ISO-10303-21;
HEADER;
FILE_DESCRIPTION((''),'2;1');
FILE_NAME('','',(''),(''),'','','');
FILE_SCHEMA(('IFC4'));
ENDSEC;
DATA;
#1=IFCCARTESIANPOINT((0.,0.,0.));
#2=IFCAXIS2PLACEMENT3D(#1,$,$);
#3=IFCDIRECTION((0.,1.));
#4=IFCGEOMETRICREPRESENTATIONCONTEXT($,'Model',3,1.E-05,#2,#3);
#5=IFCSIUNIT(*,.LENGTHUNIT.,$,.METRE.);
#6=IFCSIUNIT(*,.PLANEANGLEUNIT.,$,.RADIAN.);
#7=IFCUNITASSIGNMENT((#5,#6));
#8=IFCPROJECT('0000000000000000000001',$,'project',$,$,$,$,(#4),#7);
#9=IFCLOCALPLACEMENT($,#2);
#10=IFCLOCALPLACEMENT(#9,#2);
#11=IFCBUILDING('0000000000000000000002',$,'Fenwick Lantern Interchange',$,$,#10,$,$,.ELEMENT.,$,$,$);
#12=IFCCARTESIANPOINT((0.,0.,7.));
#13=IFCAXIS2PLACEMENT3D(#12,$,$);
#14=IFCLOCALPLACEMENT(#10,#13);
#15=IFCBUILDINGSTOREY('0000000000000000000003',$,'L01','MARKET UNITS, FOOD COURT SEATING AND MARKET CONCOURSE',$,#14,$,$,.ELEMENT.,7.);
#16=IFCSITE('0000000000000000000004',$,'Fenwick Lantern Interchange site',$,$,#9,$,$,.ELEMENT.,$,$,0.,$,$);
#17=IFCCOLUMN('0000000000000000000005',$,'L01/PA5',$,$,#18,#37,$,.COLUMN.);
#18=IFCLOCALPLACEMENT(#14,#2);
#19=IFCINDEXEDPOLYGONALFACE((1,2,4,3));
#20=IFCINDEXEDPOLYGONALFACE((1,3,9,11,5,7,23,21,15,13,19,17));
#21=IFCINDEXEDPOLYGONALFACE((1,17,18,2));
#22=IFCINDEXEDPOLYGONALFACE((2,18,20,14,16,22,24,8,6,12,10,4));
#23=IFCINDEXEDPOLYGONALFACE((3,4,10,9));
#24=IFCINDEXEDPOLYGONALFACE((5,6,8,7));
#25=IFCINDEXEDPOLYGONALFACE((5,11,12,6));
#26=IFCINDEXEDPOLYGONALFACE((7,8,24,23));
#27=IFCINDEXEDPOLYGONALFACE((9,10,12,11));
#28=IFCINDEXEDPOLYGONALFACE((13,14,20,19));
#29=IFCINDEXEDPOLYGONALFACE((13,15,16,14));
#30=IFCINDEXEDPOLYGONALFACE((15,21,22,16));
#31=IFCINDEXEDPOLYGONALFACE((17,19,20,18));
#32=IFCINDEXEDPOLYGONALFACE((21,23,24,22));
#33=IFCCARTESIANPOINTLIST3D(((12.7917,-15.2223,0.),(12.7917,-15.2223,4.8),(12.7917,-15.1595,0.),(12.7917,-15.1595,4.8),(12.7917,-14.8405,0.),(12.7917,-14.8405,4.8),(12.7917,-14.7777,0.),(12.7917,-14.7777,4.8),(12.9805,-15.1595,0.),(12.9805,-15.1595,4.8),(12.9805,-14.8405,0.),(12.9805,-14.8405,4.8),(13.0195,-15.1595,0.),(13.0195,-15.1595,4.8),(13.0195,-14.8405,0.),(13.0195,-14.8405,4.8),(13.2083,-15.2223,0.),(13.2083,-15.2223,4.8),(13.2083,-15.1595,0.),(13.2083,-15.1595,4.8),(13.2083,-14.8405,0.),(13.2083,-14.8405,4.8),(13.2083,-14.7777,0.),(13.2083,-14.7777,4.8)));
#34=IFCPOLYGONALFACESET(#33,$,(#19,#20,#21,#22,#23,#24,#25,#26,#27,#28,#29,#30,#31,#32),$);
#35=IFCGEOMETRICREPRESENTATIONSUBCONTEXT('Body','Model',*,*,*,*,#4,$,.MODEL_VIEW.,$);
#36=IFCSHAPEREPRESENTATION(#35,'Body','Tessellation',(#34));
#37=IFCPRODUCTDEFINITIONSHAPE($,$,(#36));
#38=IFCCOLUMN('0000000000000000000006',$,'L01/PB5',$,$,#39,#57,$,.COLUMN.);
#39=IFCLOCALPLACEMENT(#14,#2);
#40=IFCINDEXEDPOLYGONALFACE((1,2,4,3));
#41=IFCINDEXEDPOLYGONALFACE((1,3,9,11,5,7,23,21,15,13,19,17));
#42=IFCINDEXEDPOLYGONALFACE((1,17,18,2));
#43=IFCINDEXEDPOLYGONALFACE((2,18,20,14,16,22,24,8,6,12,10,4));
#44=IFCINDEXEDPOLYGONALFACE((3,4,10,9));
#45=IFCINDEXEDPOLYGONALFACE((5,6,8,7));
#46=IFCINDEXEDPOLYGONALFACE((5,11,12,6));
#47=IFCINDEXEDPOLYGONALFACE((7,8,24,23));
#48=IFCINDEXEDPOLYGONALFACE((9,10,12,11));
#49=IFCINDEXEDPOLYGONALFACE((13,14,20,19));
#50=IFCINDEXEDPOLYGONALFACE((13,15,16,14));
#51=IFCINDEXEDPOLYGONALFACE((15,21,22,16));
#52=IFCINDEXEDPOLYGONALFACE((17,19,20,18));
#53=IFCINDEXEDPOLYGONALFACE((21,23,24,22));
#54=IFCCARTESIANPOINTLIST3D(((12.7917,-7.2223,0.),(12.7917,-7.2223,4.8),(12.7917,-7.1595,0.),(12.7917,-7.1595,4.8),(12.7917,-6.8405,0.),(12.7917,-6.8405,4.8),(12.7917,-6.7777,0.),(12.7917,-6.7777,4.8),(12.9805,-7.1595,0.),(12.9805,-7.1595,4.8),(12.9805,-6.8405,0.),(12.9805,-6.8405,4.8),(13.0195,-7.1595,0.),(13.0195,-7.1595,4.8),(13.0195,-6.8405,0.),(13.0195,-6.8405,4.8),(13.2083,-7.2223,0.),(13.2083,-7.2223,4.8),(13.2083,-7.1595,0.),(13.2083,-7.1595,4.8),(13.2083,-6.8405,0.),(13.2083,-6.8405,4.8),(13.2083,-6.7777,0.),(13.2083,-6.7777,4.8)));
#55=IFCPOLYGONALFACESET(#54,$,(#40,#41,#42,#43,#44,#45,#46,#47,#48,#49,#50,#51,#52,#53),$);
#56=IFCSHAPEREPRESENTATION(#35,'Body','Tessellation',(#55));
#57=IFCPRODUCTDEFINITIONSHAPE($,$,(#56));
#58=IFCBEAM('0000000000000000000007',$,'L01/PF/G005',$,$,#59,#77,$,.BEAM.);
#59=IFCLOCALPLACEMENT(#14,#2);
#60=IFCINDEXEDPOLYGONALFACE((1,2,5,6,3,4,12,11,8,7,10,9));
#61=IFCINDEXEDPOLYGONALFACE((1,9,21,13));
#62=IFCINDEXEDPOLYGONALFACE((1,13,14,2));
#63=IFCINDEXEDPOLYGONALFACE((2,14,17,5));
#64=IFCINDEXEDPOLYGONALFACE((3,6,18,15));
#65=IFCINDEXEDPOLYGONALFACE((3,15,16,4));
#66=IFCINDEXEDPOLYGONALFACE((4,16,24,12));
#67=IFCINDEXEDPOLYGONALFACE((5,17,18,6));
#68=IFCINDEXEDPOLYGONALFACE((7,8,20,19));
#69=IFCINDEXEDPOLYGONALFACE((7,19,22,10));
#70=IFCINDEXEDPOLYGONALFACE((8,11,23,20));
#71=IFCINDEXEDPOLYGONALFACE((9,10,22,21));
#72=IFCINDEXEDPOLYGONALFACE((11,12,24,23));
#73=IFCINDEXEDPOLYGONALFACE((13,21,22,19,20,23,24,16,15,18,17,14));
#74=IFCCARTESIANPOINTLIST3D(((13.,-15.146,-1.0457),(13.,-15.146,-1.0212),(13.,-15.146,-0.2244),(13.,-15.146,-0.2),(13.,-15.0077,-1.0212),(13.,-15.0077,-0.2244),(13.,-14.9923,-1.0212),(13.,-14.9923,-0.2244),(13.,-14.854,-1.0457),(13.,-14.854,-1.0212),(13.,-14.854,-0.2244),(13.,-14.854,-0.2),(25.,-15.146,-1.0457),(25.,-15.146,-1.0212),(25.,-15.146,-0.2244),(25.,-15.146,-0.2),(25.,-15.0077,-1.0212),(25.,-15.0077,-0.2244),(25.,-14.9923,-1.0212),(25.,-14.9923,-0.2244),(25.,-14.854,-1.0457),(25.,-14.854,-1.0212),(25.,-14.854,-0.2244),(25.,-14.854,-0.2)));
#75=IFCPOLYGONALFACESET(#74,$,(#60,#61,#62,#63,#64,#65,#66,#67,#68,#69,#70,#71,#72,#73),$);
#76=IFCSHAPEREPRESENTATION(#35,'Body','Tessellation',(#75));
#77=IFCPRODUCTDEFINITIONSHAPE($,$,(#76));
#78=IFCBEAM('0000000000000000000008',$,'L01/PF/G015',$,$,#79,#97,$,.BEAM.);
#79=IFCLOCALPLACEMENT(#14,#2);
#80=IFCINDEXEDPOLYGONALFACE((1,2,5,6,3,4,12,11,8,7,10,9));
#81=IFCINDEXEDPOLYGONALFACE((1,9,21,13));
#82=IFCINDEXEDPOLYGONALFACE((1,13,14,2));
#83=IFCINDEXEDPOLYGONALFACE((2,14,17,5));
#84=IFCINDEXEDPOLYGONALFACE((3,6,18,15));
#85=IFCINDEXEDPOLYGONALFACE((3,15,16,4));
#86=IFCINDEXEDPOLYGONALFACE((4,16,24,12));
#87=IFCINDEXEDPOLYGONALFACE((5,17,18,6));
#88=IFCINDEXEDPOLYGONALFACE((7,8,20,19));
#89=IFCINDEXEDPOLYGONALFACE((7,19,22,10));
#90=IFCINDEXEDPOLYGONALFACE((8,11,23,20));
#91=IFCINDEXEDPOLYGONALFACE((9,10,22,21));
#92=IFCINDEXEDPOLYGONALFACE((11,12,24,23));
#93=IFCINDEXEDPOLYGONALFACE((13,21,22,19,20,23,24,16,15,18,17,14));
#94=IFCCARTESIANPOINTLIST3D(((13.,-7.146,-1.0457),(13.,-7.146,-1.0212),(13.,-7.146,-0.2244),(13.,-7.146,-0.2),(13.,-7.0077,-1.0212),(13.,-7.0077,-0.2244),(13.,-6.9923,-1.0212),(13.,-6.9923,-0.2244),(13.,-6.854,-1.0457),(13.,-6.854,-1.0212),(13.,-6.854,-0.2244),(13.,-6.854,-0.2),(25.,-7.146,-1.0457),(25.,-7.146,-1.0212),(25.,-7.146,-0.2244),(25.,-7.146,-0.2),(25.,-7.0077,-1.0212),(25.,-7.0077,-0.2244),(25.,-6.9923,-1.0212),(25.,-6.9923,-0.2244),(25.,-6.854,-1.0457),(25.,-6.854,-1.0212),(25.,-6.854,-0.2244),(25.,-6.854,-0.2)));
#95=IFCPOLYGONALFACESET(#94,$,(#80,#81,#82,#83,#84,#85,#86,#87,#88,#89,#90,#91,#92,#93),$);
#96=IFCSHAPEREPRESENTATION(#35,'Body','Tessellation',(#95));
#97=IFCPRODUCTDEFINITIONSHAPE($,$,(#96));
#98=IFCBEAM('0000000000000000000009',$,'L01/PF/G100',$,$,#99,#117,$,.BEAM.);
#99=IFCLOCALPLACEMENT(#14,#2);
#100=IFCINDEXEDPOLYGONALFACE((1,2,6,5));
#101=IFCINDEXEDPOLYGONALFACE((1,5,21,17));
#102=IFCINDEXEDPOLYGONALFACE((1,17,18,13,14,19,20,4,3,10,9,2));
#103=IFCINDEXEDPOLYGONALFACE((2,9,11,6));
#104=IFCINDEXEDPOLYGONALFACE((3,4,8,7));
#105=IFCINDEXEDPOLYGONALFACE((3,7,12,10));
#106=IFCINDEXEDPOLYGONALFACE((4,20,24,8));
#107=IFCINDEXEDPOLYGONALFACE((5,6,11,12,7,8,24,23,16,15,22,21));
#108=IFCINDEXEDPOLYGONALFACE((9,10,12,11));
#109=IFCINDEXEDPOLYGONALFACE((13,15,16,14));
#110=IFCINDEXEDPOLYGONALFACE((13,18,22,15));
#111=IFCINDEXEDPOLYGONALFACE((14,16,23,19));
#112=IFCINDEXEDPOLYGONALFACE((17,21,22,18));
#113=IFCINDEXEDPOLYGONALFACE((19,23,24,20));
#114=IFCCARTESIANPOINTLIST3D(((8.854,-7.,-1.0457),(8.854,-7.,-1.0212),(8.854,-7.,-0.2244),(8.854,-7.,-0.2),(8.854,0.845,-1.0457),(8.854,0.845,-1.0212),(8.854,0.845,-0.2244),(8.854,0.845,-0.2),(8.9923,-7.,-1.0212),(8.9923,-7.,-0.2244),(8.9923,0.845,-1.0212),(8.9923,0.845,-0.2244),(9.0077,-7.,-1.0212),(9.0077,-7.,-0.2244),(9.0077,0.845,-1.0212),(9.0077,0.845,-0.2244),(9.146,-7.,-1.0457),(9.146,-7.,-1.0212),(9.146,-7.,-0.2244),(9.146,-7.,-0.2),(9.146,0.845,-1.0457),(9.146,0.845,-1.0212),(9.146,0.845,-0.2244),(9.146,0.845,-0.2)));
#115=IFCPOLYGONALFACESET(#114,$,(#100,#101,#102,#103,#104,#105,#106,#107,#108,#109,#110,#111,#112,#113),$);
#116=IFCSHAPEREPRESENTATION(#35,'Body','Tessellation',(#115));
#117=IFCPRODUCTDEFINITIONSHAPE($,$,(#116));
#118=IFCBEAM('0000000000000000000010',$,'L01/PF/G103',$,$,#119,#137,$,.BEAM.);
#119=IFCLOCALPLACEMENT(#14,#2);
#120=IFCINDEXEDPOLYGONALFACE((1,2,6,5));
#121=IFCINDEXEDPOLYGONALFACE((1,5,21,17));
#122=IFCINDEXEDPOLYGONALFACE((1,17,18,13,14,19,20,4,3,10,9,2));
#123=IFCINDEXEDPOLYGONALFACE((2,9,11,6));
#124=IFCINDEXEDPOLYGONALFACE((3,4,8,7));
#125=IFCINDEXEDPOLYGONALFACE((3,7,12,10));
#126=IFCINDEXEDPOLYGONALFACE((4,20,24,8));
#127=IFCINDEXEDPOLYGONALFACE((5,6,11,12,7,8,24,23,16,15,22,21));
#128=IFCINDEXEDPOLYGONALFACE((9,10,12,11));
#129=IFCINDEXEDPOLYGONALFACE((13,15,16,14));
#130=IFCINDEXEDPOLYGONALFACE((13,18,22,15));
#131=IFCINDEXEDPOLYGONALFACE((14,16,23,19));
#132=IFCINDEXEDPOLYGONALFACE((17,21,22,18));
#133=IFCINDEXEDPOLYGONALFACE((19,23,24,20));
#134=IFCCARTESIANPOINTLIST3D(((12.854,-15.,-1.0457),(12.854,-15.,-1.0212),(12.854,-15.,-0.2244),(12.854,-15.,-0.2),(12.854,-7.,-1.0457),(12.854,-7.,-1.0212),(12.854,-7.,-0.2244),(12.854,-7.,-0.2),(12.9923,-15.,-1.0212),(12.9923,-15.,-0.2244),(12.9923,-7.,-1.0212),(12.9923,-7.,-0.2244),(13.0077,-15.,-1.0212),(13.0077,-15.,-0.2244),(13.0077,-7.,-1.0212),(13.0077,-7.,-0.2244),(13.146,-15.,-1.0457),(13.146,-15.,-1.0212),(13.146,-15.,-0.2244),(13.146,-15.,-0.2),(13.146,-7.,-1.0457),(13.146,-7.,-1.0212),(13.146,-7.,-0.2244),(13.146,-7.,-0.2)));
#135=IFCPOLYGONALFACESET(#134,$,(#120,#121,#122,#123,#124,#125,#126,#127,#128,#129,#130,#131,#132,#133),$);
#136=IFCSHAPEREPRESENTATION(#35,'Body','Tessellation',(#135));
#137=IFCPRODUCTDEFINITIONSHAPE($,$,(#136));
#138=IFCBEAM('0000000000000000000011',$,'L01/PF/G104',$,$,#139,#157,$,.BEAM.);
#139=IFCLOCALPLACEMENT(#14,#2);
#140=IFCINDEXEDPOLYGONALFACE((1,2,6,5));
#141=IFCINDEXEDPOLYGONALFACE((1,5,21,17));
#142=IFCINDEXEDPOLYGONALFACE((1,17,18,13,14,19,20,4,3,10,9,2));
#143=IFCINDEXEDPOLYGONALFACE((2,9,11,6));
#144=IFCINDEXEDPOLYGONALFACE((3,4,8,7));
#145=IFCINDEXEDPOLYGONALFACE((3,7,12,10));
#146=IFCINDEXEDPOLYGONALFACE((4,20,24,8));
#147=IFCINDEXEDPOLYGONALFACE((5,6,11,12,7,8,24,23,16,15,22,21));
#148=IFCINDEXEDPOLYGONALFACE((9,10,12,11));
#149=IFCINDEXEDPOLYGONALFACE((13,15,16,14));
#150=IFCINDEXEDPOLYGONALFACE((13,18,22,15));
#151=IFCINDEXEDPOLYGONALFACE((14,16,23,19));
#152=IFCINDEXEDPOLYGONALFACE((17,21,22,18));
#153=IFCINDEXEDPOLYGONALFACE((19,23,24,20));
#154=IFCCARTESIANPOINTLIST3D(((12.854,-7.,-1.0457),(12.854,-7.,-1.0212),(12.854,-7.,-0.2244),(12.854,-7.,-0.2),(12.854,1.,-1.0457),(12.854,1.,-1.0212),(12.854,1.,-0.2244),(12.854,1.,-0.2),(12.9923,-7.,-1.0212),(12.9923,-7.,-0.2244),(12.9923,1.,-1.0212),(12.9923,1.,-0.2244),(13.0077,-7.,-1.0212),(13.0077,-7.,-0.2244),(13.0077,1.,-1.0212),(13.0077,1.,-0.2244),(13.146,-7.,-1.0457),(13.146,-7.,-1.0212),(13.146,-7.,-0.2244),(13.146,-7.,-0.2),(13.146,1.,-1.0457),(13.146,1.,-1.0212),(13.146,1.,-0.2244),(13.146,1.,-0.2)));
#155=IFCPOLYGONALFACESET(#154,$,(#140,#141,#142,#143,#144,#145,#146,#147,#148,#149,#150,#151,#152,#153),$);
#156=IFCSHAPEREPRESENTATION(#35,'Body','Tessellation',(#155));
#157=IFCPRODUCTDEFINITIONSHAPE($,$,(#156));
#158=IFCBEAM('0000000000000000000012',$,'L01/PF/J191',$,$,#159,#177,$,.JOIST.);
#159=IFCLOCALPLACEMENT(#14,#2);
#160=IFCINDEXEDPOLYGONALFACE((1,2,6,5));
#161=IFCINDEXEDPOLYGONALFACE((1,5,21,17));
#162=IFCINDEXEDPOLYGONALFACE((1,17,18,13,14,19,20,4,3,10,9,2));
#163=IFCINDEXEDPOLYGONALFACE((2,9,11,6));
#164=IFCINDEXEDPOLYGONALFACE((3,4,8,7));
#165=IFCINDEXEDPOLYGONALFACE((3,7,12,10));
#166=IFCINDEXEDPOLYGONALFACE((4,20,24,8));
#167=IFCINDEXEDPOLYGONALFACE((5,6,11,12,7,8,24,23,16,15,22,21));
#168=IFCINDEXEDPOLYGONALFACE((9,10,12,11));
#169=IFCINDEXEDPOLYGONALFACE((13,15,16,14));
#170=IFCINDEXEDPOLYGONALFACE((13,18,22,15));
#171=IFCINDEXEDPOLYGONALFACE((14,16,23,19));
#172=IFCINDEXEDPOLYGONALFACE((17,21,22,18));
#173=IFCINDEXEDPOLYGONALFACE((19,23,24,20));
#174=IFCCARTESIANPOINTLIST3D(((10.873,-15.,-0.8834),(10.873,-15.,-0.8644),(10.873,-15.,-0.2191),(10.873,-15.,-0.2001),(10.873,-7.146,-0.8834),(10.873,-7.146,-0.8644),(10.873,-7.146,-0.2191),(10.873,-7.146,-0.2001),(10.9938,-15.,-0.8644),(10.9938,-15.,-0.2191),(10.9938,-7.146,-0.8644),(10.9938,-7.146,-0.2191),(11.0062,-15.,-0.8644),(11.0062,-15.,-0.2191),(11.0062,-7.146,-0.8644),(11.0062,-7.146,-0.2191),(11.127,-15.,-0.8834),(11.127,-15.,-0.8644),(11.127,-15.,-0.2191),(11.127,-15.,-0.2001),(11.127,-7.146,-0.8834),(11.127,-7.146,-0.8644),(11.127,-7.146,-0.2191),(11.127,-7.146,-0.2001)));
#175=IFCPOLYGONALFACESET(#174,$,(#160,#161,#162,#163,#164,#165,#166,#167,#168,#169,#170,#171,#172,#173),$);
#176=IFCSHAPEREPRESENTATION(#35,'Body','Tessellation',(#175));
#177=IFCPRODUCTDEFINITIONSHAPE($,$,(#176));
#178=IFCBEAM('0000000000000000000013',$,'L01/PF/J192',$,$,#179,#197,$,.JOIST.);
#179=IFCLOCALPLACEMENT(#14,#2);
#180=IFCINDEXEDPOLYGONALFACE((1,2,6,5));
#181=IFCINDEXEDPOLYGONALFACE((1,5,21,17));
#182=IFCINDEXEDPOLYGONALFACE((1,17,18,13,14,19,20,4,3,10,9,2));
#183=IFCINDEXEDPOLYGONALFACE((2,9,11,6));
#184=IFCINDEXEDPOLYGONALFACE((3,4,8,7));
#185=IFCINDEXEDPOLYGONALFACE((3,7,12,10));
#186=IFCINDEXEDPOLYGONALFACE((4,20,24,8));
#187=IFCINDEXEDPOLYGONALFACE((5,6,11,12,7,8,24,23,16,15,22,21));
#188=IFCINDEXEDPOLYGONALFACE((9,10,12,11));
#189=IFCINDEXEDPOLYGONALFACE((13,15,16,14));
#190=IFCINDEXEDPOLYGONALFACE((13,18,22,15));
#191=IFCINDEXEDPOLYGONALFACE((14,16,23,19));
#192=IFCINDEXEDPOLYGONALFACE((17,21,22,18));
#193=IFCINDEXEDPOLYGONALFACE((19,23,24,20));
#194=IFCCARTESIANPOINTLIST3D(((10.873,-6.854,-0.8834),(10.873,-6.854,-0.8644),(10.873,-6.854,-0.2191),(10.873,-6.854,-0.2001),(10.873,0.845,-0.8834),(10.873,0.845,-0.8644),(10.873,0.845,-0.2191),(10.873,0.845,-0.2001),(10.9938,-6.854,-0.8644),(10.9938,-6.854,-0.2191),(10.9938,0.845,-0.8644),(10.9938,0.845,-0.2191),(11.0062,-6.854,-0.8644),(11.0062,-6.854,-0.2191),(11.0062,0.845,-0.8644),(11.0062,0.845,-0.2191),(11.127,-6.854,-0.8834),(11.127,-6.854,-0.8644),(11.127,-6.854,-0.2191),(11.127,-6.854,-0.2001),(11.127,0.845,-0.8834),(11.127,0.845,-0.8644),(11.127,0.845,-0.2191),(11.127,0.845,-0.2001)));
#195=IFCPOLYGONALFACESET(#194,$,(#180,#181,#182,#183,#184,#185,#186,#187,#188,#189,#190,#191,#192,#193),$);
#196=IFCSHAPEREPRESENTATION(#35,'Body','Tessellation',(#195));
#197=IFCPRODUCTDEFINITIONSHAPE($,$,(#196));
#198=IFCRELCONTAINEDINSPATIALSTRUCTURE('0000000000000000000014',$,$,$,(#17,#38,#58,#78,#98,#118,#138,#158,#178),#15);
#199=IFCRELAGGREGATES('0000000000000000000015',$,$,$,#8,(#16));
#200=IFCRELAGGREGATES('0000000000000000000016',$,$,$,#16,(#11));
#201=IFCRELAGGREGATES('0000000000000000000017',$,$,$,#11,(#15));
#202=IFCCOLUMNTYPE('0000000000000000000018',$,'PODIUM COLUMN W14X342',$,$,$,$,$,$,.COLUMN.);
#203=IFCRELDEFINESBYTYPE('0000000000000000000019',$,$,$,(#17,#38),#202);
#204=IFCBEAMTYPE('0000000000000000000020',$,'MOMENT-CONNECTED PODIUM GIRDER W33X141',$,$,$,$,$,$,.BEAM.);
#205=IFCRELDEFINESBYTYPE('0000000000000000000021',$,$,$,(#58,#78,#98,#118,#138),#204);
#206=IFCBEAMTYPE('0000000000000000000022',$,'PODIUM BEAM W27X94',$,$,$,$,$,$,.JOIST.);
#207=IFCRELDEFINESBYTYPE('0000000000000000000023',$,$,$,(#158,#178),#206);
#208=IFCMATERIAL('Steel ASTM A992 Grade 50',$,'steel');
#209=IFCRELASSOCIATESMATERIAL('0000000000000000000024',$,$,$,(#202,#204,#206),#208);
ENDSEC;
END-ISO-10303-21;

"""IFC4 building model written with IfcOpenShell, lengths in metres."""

from ifc_helpers import new_model, si_unit, direction, frame, origin, origin_2d, place, context, subcontext, project, spatial, i_section, extrude, material, material_profile, profile_set, type_object, element, save


model = new_model("IFC4")

# Units and contexts
model_context = context("Model", 3, precision=1e-05, world=origin(), true_north=direction((0.0, 1.0)))
body_context = subcontext(model_context, "Body", "Model", "MODEL_VIEW")
ifc_project = project(units=[si_unit("LENGTHUNIT", "METRE"), si_unit("PLANEANGLEUNIT", "RADIAN")], contexts=[model_context])

# Site, building, storey
site_placement = place(None, origin())
site = spatial("IfcSite", under=ifc_project, at=site_placement, Name="Fenwick Lantern Interchange site", CompositionType="ELEMENT", RefElevation=0.0)
building_placement = place(site_placement, origin())
building = spatial("IfcBuilding", under=site, at=building_placement, Name="Fenwick Lantern Interchange", CompositionType="ELEMENT")
storey_placement = place(building_placement, frame((0.0, 0.0, 7.0)))
storey = spatial("IfcBuildingStorey", under=building, at=storey_placement, Name="L01", Description="MARKET UNITS, FOOD COURT SEATING AND MARKET CONCOURSE", CompositionType="ELEMENT", Elevation=7.0)

# Columns
ifc_material_1 = material(Name="Steel ASTM A992 Grade 50", Category="steel")
ifc_material_profile_1 = material_profile(ifc_material_1, i_section(OverallWidth=0.4165, OverallDepth=0.4446, WebThickness=0.0391, FlangeThickness=0.0627, at=origin_2d()), Name="W14X342")
ifc_profile_set_1 = profile_set([ifc_material_profile_1], Name="Steel ASTM A992 Grade 50")
column_type = type_object("IfcColumnType", Name="PODIUM COLUMN W14X342", PredefinedType="COLUMN", material=ifc_profile_set_1)
for number, where, z_axis, x_axis, name in (
    (1, (13.0, -15.0, 0.0), (0.0, 0.0, 1.0), (1.0, 0.0, 0.0), "L01/PA5"),
    (2, (13.0, -7.0, 0.0), (0.0, 0.0, 1.0), (1.0, 0.0, 0.0), "L01/PB5"),
):
    element("IfcColumn", number, at=place(storey_placement, frame(where, z_axis=z_axis, x_axis=x_axis)), inside=storey, type_object=column_type, Name=name, PredefinedType="COLUMN", context=body_context, shape_type="SweptSolid", body=[
        extrude(i_section(OverallWidth=0.4165, OverallDepth=0.4446, WebThickness=0.0391, FlangeThickness=0.0627, at=origin_2d()), origin(), (0.0, 0.0, 1.0), 4.8),
    ])

# Beams
ifc_material_profile_2 = material_profile(ifc_material_1, i_section(OverallWidth=0.292, OverallDepth=0.8457, WebThickness=0.0154, FlangeThickness=0.0244, at=origin_2d()), Name="W33X141")
ifc_profile_set_2 = profile_set([ifc_material_profile_2], Name="Steel ASTM A992 Grade 50")
beam_type_1 = type_object("IfcBeamType", Name="MOMENT-CONNECTED PODIUM GIRDER W33X141", PredefinedType="BEAM", material=ifc_profile_set_2)
for number, where, z_axis, x_axis, name in (
    (3, (13.0, -15.0, -0.6228), (1.0, 0.0, 0.0), (0.0, 1.0, 0.0), "L01/PF/G005"),
    (4, (13.0, -7.0, -0.6228), (1.0, 0.0, 0.0), (0.0, 1.0, 0.0), "L01/PF/G015"),
):
    element("IfcBeam", number, at=place(storey_placement, frame(where, z_axis=z_axis, x_axis=x_axis)), inside=storey, type_object=beam_type_1, Name=name, PredefinedType="BEAM", context=body_context, shape_type="SweptSolid", body=[
        extrude(i_section(OverallWidth=0.292, OverallDepth=0.8457, WebThickness=0.0154, FlangeThickness=0.0244, at=origin_2d()), origin(), (0.0, 0.0, 1.0), 12.0),
    ])
beam_1_placement = place(storey_placement, frame((9.0, -7.0, -0.6228), z_axis=(0.0, 1.0, 0.0), x_axis=(-1.0, 0.0, 0.0)))
element("IfcBeam", 5, at=beam_1_placement, inside=storey, type_object=beam_type_1, Name="L01/PF/G100", PredefinedType="BEAM", context=body_context, shape_type="SweptSolid", body=[
    extrude(i_section(OverallWidth=0.292, OverallDepth=0.8457, WebThickness=0.0154, FlangeThickness=0.0244, at=origin_2d()), origin(), (0.0, 0.0, 1.0), 7.845),
])
for number, where, z_axis, x_axis, name in (
    (6, (13.0, -15.0, -0.6228), (0.0, 1.0, 0.0), (-1.0, 0.0, 0.0), "L01/PF/G103"),
    (7, (13.0, -7.0, -0.6228), (0.0, 1.0, 0.0), (-1.0, 0.0, 0.0), "L01/PF/G104"),
):
    element("IfcBeam", number, at=place(storey_placement, frame(where, z_axis=z_axis, x_axis=x_axis)), inside=storey, type_object=beam_type_1, Name=name, PredefinedType="BEAM", context=body_context, shape_type="SweptSolid", body=[
        extrude(i_section(OverallWidth=0.292, OverallDepth=0.8457, WebThickness=0.0154, FlangeThickness=0.0244, at=origin_2d()), origin(), (0.0, 0.0, 1.0), 8.0),
    ])
ifc_material_profile_3 = material_profile(ifc_material_1, i_section(OverallWidth=0.2539, OverallDepth=0.6833, WebThickness=0.0125, FlangeThickness=0.019, at=origin_2d()), Name="W27X94")
ifc_profile_set_3 = profile_set([ifc_material_profile_3], Name="Steel ASTM A992 Grade 50")
beam_type_2 = type_object("IfcBeamType", Name="PODIUM BEAM W27X94", PredefinedType="JOIST", material=ifc_profile_set_3)
beam_2_placement = place(storey_placement, frame((11.0, -15.0, -0.5417), z_axis=(0.0, 1.0, 0.0), x_axis=(-1.0, 0.0, 0.0)))
element("IfcBeam", 8, at=beam_2_placement, inside=storey, type_object=beam_type_2, Name="L01/PF/J191", PredefinedType="JOIST", context=body_context, shape_type="SweptSolid", body=[
    extrude(i_section(OverallWidth=0.2539, OverallDepth=0.6833, WebThickness=0.0125, FlangeThickness=0.019, at=origin_2d()), origin(), (0.0, 0.0, 1.0), 7.854),
])
beam_3_placement = place(storey_placement, frame((11.0, -6.854, -0.5417), z_axis=(0.0, 1.0, 0.0), x_axis=(-1.0, 0.0, 0.0)))
element("IfcBeam", 9, at=beam_3_placement, inside=storey, type_object=beam_type_2, Name="L01/PF/J192", PredefinedType="JOIST", context=body_context, shape_type="SweptSolid", body=[
    extrude(i_section(OverallWidth=0.2539, OverallDepth=0.6833, WebThickness=0.0125, FlangeThickness=0.019, at=origin_2d()), origin(), (0.0, 0.0, 1.0), 7.699),
])

save(model, "model.ifc")
